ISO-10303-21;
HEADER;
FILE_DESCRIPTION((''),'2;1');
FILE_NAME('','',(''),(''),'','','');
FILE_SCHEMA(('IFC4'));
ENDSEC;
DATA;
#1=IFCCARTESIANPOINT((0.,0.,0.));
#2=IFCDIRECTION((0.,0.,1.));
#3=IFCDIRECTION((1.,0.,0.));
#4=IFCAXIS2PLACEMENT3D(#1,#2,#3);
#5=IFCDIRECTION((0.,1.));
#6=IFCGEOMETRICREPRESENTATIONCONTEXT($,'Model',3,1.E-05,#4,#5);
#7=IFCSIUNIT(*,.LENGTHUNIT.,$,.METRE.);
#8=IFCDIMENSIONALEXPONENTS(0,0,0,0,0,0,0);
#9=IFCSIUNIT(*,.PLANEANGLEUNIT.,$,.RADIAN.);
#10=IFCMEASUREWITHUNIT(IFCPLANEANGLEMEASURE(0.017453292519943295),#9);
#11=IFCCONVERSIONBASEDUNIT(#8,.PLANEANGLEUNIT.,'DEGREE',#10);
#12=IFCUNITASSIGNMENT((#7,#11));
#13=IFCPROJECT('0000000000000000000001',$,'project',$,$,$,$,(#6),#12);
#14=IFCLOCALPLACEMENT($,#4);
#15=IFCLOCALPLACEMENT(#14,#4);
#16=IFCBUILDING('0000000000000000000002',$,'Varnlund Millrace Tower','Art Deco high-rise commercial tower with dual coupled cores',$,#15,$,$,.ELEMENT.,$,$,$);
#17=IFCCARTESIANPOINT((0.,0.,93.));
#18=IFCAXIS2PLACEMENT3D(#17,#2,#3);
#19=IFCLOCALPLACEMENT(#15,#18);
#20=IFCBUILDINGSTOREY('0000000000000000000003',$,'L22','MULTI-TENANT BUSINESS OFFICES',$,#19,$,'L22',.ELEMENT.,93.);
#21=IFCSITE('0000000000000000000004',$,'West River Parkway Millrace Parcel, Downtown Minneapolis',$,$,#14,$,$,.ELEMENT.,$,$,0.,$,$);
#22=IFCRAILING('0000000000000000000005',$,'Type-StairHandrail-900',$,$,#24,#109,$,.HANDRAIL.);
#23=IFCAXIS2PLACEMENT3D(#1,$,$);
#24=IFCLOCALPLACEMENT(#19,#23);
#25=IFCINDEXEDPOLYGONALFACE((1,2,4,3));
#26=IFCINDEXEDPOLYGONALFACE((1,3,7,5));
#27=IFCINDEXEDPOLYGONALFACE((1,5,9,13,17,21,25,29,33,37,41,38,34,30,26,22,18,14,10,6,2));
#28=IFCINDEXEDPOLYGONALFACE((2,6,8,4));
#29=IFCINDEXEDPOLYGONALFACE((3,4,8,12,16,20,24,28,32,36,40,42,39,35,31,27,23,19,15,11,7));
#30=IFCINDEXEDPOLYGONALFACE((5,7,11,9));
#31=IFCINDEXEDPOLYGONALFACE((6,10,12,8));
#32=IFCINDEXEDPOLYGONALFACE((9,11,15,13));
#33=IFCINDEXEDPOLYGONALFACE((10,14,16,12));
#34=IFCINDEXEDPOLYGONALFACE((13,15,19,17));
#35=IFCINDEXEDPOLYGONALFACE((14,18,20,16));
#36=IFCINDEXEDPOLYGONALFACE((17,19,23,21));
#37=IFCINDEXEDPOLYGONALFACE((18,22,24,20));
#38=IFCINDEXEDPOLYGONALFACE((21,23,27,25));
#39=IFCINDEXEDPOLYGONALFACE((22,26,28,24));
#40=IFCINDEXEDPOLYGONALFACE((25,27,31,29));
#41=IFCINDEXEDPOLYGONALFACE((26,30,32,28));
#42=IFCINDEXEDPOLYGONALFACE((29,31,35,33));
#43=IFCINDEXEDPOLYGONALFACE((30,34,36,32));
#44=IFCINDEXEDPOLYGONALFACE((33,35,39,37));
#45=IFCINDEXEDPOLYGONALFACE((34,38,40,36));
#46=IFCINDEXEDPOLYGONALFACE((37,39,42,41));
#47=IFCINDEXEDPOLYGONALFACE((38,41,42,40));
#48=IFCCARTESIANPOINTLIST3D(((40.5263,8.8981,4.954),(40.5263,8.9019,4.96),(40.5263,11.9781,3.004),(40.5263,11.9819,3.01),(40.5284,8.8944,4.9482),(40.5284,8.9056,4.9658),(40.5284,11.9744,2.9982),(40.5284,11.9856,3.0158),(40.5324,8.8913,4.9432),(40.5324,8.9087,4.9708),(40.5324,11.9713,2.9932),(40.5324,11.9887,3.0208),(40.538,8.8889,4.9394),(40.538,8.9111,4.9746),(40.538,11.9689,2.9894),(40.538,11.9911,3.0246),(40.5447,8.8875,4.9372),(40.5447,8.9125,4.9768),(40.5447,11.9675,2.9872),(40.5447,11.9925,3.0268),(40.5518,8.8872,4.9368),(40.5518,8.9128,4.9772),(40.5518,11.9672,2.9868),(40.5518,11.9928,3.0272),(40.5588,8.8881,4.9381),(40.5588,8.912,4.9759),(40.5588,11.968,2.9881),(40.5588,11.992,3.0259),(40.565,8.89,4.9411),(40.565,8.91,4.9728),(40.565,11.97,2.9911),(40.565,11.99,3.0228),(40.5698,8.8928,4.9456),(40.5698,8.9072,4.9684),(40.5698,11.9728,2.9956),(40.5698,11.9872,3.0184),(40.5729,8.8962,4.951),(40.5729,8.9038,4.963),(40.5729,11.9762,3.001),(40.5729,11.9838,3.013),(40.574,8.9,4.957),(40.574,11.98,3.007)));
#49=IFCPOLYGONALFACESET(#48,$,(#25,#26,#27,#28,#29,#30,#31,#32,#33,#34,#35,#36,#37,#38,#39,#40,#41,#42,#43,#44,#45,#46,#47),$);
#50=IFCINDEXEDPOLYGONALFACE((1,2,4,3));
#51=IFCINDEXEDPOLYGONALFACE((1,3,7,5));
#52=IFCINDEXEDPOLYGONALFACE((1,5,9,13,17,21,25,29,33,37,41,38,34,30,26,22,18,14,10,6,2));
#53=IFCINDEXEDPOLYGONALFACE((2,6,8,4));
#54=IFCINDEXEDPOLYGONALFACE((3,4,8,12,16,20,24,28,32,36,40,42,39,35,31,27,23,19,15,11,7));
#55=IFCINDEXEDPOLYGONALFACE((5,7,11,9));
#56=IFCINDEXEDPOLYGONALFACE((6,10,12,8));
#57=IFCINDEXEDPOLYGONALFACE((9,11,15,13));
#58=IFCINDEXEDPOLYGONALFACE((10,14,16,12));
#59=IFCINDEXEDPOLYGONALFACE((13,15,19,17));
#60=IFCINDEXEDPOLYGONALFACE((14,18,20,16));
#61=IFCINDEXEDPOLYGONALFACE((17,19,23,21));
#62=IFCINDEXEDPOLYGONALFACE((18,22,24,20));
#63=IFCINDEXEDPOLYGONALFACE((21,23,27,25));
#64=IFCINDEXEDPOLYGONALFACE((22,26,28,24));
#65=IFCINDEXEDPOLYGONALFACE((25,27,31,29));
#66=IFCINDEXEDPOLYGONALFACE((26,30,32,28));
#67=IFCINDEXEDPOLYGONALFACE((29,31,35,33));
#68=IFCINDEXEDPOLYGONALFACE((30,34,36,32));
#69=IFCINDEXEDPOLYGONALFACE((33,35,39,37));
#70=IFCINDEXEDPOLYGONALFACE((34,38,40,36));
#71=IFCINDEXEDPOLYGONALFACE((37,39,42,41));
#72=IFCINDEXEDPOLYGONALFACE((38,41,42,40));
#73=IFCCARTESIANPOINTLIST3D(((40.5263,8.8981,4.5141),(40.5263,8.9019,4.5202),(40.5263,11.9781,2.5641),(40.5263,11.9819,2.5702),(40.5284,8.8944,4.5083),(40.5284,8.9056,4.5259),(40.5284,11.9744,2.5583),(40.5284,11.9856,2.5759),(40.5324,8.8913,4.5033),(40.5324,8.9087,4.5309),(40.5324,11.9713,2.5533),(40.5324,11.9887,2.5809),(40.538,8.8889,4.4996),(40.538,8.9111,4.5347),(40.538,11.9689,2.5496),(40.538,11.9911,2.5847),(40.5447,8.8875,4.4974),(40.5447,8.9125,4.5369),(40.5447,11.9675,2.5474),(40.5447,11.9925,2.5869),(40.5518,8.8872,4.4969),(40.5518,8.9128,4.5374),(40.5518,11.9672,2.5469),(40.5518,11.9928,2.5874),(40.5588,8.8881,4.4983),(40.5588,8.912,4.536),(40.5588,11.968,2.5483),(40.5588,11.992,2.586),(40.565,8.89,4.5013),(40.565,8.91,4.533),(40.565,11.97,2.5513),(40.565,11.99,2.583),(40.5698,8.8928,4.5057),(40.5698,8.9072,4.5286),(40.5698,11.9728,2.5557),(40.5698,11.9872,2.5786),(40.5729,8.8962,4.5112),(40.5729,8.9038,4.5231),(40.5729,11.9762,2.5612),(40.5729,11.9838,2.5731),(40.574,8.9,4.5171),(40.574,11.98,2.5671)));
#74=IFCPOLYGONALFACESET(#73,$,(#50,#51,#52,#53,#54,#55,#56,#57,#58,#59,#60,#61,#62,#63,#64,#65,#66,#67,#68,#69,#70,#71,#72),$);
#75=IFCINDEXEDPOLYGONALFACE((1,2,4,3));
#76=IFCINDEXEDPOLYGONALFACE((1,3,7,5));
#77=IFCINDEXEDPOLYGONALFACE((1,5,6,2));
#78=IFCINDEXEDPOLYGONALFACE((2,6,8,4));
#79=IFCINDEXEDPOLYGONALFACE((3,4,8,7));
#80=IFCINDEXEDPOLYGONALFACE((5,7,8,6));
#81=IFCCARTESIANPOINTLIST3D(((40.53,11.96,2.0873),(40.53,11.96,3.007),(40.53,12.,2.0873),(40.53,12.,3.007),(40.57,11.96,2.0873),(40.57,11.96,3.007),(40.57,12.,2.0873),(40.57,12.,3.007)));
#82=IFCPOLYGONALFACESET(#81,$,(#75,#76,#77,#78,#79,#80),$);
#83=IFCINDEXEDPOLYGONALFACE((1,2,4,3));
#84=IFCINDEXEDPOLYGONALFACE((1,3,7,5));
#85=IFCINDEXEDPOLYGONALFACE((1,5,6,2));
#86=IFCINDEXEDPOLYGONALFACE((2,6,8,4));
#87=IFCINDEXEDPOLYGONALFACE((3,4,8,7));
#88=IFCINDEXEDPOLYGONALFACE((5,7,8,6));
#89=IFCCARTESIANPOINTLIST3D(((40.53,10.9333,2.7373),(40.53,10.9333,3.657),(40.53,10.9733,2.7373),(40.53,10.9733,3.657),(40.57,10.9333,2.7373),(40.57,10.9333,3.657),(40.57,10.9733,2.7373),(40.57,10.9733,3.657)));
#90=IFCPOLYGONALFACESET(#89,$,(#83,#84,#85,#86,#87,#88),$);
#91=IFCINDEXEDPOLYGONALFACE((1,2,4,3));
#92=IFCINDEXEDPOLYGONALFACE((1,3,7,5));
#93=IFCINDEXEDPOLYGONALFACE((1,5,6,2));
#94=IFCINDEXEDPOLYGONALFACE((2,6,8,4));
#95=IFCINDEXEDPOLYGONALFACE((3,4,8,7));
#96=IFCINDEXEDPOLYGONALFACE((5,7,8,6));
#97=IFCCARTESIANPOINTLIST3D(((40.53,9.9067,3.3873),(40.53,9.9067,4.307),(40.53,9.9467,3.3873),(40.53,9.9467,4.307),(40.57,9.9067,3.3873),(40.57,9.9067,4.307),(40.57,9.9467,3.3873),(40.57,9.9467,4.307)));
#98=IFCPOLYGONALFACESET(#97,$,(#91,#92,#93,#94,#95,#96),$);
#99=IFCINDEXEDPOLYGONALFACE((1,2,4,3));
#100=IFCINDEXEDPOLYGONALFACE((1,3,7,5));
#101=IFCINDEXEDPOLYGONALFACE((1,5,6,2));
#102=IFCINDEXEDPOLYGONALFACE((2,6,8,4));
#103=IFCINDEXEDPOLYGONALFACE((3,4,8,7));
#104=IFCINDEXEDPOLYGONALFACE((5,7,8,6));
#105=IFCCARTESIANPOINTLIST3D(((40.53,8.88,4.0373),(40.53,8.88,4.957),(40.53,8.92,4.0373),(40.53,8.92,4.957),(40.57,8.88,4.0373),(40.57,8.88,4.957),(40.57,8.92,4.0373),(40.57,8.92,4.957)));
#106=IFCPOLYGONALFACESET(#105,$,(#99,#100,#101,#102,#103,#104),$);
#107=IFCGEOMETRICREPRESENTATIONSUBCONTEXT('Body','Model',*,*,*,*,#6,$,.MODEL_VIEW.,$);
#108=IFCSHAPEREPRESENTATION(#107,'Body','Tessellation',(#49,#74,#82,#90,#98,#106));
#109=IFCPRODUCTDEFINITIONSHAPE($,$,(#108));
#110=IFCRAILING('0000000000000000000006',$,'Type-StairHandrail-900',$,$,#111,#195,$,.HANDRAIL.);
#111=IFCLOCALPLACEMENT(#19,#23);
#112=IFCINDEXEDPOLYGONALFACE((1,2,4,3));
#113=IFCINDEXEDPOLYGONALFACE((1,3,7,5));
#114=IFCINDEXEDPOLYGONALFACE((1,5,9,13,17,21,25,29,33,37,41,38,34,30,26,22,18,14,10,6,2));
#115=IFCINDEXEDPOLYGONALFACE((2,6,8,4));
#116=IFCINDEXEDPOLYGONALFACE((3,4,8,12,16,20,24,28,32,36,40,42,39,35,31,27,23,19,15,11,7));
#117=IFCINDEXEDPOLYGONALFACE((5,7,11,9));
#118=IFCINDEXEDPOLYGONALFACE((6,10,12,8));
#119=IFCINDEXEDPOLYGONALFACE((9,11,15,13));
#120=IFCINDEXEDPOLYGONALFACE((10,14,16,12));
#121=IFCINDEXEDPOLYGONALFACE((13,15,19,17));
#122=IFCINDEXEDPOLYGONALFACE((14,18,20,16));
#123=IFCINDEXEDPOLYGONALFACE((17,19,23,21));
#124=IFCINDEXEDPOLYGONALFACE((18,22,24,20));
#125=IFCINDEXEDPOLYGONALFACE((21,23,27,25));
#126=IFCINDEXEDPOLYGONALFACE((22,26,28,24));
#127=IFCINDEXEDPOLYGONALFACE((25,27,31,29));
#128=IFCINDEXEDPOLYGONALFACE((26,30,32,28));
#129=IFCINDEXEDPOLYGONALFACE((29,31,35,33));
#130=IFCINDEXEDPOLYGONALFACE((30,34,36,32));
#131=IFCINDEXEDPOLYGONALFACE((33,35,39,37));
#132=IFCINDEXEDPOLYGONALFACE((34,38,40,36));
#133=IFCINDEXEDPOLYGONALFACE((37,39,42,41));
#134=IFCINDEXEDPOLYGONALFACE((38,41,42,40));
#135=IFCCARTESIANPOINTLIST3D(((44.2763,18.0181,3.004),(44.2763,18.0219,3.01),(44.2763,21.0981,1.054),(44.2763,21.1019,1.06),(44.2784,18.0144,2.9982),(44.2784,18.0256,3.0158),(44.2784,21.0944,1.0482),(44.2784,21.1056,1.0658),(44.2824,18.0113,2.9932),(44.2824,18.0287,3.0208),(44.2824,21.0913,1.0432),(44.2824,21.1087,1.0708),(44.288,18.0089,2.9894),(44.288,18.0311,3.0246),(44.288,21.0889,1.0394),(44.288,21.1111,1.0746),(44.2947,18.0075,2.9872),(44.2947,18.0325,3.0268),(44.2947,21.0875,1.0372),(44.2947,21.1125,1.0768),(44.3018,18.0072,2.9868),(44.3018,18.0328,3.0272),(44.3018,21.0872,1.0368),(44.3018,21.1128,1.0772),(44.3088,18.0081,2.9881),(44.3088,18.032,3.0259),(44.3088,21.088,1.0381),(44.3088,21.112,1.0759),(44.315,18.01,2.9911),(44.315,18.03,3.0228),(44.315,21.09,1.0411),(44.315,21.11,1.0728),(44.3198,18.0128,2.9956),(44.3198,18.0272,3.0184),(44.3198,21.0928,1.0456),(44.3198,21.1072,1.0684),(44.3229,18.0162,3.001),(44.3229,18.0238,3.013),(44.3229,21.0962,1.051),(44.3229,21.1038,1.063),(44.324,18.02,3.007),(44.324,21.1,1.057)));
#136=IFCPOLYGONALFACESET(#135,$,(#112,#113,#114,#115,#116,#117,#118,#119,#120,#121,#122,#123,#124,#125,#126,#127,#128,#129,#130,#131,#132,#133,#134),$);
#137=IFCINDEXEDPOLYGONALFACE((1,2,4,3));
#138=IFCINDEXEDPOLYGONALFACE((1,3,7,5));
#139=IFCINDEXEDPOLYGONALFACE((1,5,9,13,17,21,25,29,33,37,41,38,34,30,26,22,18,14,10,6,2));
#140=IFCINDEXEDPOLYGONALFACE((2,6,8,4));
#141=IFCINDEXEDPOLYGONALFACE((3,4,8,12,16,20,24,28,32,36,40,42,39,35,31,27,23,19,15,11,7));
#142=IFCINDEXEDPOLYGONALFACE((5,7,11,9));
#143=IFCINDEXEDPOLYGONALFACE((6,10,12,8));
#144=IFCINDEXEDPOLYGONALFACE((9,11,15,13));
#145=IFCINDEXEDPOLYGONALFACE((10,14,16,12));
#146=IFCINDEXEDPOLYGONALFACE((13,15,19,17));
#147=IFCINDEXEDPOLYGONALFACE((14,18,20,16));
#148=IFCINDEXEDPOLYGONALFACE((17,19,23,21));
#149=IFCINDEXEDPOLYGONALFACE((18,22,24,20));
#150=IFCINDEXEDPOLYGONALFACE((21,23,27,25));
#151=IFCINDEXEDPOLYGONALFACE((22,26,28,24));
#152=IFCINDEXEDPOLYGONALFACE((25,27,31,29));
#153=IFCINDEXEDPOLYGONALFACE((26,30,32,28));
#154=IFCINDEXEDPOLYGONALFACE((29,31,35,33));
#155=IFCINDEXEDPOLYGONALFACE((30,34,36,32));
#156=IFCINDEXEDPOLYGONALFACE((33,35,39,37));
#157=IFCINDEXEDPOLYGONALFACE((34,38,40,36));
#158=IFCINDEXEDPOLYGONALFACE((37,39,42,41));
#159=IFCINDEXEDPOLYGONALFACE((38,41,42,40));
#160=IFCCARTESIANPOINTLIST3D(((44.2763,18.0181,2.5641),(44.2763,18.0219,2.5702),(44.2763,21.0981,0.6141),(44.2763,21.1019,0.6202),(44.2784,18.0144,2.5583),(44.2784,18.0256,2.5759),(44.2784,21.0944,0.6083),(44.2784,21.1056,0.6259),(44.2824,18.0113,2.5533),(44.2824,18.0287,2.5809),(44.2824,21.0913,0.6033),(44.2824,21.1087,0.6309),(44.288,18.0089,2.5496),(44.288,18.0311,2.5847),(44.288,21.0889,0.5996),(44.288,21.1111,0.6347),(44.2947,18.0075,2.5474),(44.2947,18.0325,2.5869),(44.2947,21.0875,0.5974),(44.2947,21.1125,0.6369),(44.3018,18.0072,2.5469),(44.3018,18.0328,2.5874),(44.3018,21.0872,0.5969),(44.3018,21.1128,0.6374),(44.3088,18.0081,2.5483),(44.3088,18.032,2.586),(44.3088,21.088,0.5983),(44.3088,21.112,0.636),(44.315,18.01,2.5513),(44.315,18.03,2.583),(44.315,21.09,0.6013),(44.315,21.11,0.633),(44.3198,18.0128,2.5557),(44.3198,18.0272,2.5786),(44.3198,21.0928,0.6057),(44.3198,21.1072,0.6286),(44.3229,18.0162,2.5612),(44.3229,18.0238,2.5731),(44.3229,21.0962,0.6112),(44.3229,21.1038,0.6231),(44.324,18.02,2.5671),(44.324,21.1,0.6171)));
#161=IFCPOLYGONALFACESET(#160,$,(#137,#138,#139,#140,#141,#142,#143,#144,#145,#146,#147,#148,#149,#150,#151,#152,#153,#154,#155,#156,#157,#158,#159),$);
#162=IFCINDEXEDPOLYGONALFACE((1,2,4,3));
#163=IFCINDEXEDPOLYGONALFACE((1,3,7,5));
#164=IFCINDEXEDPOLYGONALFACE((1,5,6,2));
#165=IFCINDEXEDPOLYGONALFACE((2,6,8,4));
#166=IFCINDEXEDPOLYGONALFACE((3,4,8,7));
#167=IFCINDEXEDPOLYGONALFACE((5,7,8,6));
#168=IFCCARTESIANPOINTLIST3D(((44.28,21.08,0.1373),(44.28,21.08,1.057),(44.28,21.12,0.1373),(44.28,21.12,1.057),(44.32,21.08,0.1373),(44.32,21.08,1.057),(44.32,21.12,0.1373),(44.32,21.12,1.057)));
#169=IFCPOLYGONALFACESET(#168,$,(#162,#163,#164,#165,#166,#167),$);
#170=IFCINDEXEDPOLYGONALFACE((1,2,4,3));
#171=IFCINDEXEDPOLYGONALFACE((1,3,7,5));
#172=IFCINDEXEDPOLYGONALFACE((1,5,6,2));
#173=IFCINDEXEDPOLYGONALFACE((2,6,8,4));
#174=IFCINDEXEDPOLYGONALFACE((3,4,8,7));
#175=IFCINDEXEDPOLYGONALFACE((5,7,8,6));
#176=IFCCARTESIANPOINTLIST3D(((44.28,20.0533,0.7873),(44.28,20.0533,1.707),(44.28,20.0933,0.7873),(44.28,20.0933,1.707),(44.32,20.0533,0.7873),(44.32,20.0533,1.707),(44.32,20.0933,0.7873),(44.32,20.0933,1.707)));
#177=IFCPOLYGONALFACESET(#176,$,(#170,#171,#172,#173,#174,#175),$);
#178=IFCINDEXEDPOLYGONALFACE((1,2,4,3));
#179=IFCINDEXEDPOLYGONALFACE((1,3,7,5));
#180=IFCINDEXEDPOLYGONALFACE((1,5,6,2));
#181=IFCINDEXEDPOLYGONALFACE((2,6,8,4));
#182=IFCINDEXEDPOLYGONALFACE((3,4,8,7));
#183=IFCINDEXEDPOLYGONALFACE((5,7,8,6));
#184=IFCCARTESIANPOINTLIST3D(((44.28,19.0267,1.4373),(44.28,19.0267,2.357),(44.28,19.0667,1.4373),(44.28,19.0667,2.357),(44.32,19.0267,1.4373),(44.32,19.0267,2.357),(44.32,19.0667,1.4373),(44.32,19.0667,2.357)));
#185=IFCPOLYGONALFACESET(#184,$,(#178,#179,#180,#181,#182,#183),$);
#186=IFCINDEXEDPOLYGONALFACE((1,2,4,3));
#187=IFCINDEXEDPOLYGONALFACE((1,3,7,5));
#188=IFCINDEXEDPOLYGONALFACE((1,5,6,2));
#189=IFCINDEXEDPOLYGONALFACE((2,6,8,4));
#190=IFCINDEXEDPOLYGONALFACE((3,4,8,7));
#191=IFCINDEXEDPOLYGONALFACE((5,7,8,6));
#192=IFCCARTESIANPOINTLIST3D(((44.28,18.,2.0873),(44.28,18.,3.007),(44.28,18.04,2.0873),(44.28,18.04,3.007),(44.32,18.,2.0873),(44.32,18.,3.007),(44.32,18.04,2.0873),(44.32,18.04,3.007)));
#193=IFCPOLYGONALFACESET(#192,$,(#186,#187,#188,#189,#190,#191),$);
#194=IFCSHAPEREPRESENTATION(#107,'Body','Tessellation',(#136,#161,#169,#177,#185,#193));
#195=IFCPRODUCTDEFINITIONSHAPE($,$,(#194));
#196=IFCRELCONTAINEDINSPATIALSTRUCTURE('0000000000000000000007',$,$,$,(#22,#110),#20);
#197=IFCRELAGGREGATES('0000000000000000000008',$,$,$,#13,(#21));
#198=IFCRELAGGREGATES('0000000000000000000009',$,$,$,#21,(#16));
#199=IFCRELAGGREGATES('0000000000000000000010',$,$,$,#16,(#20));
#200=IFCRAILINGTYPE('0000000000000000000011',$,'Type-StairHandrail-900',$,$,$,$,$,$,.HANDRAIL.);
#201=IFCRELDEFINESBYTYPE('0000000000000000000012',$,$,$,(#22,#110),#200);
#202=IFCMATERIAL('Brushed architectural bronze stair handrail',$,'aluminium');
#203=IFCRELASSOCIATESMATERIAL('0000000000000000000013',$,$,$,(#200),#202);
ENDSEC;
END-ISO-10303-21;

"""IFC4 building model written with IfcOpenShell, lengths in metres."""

from ifc_helpers import new_model, entity, si_unit, converted_unit, direction, frame, origin_with_axes, origin_2d_with_axis, place, context, subcontext, project, spatial, rectangle, circle, extrude, material, type_object, element, save


model = new_model("IFC4")

# Units and contexts
model_context = context("Model", 3, precision=1e-05, world=origin_with_axes(), true_north=direction((0.0, 1.0)))
body_context = subcontext(model_context, "Body", "Model", "MODEL_VIEW")
ifc_project = project(units=[si_unit("LENGTHUNIT", "METRE"), converted_unit("PLANEANGLEUNIT", "DEGREE", entity("IfcPlaneAngleMeasure", 0.017453292519943295), si_unit("PLANEANGLEUNIT", "RADIAN"), dimensions=[0, 0, 0, 0, 0, 0, 0])], contexts=[model_context])

# Site, building, storey
site_placement = place(None, origin_with_axes())
site = spatial("IfcSite", under=ifc_project, at=site_placement, Name="West River Parkway Millrace Parcel, Downtown Minneapolis", CompositionType="ELEMENT", RefElevation=0.0)
building_placement = place(site_placement, origin_with_axes())
building = spatial("IfcBuilding", under=site, at=building_placement, Name="Varnlund Millrace Tower", Description="Art Deco high-rise commercial tower with dual coupled cores", CompositionType="ELEMENT")
storey_placement = place(building_placement, frame((0.0, 0.0, 93.0), z_axis=(0.0, 0.0, 1.0), x_axis=(1.0, 0.0, 0.0)))
storey = spatial("IfcBuildingStorey", under=building, at=storey_placement, Name="L22", Description="MULTI-TENANT BUSINESS OFFICES", LongName="L22", CompositionType="ELEMENT", Elevation=93.0)

# Railings
ifc_material_1 = material(Name="Brushed architectural bronze stair handrail", Category="aluminium")
railing_type_1 = type_object("IfcRailingType", Name="Type-StairHandrail-900", PredefinedType="HANDRAIL", material=ifc_material_1)
railing_1_placement = place(storey_placement, frame((0.0, 0.0, -93.0), z_axis=(0.0, 0.0, 1.0), x_axis=(1.0, 0.0, 0.0)))
element("IfcRailing", 1, at=railing_1_placement, inside=storey, type_object=railing_type_1, Name="Type-StairHandrail-900", PredefinedType="HANDRAIL", context=body_context, shape_type="SweptSolid", body=[
    extrude(circle(Radius=0.024, at=origin_2d_with_axis()), frame((40.55, 11.98, 96.007), z_axis=(0.0, -0.844902, 0.534922), x_axis=(1.0, 0.0, 0.0)), (0.0, 0.0, 1.0), 3.6454),
    extrude(circle(Radius=0.024, at=origin_2d_with_axis()), frame((40.55, 11.98, 95.5671), z_axis=(0.0, -0.844902, 0.534922), x_axis=(1.0, 0.0, 0.0)), (0.0, 0.0, 1.0), 3.6454),
    extrude(rectangle(XDim=0.04, YDim=0.04, at=origin_2d_with_axis()), frame((40.55, 11.98, 95.0873), z_axis=(0.0, 0.0, 1.0), x_axis=(1.0, 0.0, 0.0)), (0.0, 0.0, 1.0), 0.9197),
    extrude(rectangle(XDim=0.04, YDim=0.04, at=origin_2d_with_axis()), frame((40.55, 10.9533, 95.7373), z_axis=(0.0, 0.0, 1.0), x_axis=(1.0, 0.0, 0.0)), (0.0, 0.0, 1.0), 0.9197),
    extrude(rectangle(XDim=0.04, YDim=0.04, at=origin_2d_with_axis()), frame((40.55, 9.9267, 96.3873), z_axis=(0.0, 0.0, 1.0), x_axis=(1.0, 0.0, 0.0)), (0.0, 0.0, 1.0), 0.9197),
    extrude(rectangle(XDim=0.04, YDim=0.04, at=origin_2d_with_axis()), frame((40.55, 8.9, 97.0373), z_axis=(0.0, 0.0, 1.0), x_axis=(1.0, 0.0, 0.0)), (0.0, 0.0, 1.0), 0.9197),
])
railing_2_placement = place(storey_placement, frame((0.0, 0.0, -93.0), z_axis=(0.0, 0.0, 1.0), x_axis=(1.0, 0.0, 0.0)))
element("IfcRailing", 2, at=railing_2_placement, inside=storey, type_object=railing_type_1, Name="Type-StairHandrail-900", PredefinedType="HANDRAIL", context=body_context, shape_type="SweptSolid", body=[
    extrude(circle(Radius=0.024, at=origin_2d_with_axis()), frame((44.3, 21.1, 94.057), z_axis=(0.0, -0.844902, 0.534922), x_axis=(1.0, 0.0, 0.0)), (0.0, 0.0, 1.0), 3.6454),
    extrude(circle(Radius=0.024, at=origin_2d_with_axis()), frame((44.3, 21.1, 93.6171), z_axis=(0.0, -0.844902, 0.534922), x_axis=(1.0, 0.0, 0.0)), (0.0, 0.0, 1.0), 3.6454),
    extrude(rectangle(XDim=0.04, YDim=0.04, at=origin_2d_with_axis()), frame((44.3, 21.1, 93.1373), z_axis=(0.0, 0.0, 1.0), x_axis=(1.0, 0.0, 0.0)), (0.0, 0.0, 1.0), 0.9197),
    extrude(rectangle(XDim=0.04, YDim=0.04, at=origin_2d_with_axis()), frame((44.3, 20.0733, 93.7873), z_axis=(0.0, 0.0, 1.0), x_axis=(1.0, 0.0, 0.0)), (0.0, 0.0, 1.0), 0.9197),
    extrude(rectangle(XDim=0.04, YDim=0.04, at=origin_2d_with_axis()), frame((44.3, 19.0467, 94.4373), z_axis=(0.0, 0.0, 1.0), x_axis=(1.0, 0.0, 0.0)), (0.0, 0.0, 1.0), 0.9197),
    extrude(rectangle(XDim=0.04, YDim=0.04, at=origin_2d_with_axis()), frame((44.3, 18.02, 95.0873), z_axis=(0.0, 0.0, 1.0), x_axis=(1.0, 0.0, 0.0)), (0.0, 0.0, 1.0), 0.9197),
])

save(model, "model.ifc")
